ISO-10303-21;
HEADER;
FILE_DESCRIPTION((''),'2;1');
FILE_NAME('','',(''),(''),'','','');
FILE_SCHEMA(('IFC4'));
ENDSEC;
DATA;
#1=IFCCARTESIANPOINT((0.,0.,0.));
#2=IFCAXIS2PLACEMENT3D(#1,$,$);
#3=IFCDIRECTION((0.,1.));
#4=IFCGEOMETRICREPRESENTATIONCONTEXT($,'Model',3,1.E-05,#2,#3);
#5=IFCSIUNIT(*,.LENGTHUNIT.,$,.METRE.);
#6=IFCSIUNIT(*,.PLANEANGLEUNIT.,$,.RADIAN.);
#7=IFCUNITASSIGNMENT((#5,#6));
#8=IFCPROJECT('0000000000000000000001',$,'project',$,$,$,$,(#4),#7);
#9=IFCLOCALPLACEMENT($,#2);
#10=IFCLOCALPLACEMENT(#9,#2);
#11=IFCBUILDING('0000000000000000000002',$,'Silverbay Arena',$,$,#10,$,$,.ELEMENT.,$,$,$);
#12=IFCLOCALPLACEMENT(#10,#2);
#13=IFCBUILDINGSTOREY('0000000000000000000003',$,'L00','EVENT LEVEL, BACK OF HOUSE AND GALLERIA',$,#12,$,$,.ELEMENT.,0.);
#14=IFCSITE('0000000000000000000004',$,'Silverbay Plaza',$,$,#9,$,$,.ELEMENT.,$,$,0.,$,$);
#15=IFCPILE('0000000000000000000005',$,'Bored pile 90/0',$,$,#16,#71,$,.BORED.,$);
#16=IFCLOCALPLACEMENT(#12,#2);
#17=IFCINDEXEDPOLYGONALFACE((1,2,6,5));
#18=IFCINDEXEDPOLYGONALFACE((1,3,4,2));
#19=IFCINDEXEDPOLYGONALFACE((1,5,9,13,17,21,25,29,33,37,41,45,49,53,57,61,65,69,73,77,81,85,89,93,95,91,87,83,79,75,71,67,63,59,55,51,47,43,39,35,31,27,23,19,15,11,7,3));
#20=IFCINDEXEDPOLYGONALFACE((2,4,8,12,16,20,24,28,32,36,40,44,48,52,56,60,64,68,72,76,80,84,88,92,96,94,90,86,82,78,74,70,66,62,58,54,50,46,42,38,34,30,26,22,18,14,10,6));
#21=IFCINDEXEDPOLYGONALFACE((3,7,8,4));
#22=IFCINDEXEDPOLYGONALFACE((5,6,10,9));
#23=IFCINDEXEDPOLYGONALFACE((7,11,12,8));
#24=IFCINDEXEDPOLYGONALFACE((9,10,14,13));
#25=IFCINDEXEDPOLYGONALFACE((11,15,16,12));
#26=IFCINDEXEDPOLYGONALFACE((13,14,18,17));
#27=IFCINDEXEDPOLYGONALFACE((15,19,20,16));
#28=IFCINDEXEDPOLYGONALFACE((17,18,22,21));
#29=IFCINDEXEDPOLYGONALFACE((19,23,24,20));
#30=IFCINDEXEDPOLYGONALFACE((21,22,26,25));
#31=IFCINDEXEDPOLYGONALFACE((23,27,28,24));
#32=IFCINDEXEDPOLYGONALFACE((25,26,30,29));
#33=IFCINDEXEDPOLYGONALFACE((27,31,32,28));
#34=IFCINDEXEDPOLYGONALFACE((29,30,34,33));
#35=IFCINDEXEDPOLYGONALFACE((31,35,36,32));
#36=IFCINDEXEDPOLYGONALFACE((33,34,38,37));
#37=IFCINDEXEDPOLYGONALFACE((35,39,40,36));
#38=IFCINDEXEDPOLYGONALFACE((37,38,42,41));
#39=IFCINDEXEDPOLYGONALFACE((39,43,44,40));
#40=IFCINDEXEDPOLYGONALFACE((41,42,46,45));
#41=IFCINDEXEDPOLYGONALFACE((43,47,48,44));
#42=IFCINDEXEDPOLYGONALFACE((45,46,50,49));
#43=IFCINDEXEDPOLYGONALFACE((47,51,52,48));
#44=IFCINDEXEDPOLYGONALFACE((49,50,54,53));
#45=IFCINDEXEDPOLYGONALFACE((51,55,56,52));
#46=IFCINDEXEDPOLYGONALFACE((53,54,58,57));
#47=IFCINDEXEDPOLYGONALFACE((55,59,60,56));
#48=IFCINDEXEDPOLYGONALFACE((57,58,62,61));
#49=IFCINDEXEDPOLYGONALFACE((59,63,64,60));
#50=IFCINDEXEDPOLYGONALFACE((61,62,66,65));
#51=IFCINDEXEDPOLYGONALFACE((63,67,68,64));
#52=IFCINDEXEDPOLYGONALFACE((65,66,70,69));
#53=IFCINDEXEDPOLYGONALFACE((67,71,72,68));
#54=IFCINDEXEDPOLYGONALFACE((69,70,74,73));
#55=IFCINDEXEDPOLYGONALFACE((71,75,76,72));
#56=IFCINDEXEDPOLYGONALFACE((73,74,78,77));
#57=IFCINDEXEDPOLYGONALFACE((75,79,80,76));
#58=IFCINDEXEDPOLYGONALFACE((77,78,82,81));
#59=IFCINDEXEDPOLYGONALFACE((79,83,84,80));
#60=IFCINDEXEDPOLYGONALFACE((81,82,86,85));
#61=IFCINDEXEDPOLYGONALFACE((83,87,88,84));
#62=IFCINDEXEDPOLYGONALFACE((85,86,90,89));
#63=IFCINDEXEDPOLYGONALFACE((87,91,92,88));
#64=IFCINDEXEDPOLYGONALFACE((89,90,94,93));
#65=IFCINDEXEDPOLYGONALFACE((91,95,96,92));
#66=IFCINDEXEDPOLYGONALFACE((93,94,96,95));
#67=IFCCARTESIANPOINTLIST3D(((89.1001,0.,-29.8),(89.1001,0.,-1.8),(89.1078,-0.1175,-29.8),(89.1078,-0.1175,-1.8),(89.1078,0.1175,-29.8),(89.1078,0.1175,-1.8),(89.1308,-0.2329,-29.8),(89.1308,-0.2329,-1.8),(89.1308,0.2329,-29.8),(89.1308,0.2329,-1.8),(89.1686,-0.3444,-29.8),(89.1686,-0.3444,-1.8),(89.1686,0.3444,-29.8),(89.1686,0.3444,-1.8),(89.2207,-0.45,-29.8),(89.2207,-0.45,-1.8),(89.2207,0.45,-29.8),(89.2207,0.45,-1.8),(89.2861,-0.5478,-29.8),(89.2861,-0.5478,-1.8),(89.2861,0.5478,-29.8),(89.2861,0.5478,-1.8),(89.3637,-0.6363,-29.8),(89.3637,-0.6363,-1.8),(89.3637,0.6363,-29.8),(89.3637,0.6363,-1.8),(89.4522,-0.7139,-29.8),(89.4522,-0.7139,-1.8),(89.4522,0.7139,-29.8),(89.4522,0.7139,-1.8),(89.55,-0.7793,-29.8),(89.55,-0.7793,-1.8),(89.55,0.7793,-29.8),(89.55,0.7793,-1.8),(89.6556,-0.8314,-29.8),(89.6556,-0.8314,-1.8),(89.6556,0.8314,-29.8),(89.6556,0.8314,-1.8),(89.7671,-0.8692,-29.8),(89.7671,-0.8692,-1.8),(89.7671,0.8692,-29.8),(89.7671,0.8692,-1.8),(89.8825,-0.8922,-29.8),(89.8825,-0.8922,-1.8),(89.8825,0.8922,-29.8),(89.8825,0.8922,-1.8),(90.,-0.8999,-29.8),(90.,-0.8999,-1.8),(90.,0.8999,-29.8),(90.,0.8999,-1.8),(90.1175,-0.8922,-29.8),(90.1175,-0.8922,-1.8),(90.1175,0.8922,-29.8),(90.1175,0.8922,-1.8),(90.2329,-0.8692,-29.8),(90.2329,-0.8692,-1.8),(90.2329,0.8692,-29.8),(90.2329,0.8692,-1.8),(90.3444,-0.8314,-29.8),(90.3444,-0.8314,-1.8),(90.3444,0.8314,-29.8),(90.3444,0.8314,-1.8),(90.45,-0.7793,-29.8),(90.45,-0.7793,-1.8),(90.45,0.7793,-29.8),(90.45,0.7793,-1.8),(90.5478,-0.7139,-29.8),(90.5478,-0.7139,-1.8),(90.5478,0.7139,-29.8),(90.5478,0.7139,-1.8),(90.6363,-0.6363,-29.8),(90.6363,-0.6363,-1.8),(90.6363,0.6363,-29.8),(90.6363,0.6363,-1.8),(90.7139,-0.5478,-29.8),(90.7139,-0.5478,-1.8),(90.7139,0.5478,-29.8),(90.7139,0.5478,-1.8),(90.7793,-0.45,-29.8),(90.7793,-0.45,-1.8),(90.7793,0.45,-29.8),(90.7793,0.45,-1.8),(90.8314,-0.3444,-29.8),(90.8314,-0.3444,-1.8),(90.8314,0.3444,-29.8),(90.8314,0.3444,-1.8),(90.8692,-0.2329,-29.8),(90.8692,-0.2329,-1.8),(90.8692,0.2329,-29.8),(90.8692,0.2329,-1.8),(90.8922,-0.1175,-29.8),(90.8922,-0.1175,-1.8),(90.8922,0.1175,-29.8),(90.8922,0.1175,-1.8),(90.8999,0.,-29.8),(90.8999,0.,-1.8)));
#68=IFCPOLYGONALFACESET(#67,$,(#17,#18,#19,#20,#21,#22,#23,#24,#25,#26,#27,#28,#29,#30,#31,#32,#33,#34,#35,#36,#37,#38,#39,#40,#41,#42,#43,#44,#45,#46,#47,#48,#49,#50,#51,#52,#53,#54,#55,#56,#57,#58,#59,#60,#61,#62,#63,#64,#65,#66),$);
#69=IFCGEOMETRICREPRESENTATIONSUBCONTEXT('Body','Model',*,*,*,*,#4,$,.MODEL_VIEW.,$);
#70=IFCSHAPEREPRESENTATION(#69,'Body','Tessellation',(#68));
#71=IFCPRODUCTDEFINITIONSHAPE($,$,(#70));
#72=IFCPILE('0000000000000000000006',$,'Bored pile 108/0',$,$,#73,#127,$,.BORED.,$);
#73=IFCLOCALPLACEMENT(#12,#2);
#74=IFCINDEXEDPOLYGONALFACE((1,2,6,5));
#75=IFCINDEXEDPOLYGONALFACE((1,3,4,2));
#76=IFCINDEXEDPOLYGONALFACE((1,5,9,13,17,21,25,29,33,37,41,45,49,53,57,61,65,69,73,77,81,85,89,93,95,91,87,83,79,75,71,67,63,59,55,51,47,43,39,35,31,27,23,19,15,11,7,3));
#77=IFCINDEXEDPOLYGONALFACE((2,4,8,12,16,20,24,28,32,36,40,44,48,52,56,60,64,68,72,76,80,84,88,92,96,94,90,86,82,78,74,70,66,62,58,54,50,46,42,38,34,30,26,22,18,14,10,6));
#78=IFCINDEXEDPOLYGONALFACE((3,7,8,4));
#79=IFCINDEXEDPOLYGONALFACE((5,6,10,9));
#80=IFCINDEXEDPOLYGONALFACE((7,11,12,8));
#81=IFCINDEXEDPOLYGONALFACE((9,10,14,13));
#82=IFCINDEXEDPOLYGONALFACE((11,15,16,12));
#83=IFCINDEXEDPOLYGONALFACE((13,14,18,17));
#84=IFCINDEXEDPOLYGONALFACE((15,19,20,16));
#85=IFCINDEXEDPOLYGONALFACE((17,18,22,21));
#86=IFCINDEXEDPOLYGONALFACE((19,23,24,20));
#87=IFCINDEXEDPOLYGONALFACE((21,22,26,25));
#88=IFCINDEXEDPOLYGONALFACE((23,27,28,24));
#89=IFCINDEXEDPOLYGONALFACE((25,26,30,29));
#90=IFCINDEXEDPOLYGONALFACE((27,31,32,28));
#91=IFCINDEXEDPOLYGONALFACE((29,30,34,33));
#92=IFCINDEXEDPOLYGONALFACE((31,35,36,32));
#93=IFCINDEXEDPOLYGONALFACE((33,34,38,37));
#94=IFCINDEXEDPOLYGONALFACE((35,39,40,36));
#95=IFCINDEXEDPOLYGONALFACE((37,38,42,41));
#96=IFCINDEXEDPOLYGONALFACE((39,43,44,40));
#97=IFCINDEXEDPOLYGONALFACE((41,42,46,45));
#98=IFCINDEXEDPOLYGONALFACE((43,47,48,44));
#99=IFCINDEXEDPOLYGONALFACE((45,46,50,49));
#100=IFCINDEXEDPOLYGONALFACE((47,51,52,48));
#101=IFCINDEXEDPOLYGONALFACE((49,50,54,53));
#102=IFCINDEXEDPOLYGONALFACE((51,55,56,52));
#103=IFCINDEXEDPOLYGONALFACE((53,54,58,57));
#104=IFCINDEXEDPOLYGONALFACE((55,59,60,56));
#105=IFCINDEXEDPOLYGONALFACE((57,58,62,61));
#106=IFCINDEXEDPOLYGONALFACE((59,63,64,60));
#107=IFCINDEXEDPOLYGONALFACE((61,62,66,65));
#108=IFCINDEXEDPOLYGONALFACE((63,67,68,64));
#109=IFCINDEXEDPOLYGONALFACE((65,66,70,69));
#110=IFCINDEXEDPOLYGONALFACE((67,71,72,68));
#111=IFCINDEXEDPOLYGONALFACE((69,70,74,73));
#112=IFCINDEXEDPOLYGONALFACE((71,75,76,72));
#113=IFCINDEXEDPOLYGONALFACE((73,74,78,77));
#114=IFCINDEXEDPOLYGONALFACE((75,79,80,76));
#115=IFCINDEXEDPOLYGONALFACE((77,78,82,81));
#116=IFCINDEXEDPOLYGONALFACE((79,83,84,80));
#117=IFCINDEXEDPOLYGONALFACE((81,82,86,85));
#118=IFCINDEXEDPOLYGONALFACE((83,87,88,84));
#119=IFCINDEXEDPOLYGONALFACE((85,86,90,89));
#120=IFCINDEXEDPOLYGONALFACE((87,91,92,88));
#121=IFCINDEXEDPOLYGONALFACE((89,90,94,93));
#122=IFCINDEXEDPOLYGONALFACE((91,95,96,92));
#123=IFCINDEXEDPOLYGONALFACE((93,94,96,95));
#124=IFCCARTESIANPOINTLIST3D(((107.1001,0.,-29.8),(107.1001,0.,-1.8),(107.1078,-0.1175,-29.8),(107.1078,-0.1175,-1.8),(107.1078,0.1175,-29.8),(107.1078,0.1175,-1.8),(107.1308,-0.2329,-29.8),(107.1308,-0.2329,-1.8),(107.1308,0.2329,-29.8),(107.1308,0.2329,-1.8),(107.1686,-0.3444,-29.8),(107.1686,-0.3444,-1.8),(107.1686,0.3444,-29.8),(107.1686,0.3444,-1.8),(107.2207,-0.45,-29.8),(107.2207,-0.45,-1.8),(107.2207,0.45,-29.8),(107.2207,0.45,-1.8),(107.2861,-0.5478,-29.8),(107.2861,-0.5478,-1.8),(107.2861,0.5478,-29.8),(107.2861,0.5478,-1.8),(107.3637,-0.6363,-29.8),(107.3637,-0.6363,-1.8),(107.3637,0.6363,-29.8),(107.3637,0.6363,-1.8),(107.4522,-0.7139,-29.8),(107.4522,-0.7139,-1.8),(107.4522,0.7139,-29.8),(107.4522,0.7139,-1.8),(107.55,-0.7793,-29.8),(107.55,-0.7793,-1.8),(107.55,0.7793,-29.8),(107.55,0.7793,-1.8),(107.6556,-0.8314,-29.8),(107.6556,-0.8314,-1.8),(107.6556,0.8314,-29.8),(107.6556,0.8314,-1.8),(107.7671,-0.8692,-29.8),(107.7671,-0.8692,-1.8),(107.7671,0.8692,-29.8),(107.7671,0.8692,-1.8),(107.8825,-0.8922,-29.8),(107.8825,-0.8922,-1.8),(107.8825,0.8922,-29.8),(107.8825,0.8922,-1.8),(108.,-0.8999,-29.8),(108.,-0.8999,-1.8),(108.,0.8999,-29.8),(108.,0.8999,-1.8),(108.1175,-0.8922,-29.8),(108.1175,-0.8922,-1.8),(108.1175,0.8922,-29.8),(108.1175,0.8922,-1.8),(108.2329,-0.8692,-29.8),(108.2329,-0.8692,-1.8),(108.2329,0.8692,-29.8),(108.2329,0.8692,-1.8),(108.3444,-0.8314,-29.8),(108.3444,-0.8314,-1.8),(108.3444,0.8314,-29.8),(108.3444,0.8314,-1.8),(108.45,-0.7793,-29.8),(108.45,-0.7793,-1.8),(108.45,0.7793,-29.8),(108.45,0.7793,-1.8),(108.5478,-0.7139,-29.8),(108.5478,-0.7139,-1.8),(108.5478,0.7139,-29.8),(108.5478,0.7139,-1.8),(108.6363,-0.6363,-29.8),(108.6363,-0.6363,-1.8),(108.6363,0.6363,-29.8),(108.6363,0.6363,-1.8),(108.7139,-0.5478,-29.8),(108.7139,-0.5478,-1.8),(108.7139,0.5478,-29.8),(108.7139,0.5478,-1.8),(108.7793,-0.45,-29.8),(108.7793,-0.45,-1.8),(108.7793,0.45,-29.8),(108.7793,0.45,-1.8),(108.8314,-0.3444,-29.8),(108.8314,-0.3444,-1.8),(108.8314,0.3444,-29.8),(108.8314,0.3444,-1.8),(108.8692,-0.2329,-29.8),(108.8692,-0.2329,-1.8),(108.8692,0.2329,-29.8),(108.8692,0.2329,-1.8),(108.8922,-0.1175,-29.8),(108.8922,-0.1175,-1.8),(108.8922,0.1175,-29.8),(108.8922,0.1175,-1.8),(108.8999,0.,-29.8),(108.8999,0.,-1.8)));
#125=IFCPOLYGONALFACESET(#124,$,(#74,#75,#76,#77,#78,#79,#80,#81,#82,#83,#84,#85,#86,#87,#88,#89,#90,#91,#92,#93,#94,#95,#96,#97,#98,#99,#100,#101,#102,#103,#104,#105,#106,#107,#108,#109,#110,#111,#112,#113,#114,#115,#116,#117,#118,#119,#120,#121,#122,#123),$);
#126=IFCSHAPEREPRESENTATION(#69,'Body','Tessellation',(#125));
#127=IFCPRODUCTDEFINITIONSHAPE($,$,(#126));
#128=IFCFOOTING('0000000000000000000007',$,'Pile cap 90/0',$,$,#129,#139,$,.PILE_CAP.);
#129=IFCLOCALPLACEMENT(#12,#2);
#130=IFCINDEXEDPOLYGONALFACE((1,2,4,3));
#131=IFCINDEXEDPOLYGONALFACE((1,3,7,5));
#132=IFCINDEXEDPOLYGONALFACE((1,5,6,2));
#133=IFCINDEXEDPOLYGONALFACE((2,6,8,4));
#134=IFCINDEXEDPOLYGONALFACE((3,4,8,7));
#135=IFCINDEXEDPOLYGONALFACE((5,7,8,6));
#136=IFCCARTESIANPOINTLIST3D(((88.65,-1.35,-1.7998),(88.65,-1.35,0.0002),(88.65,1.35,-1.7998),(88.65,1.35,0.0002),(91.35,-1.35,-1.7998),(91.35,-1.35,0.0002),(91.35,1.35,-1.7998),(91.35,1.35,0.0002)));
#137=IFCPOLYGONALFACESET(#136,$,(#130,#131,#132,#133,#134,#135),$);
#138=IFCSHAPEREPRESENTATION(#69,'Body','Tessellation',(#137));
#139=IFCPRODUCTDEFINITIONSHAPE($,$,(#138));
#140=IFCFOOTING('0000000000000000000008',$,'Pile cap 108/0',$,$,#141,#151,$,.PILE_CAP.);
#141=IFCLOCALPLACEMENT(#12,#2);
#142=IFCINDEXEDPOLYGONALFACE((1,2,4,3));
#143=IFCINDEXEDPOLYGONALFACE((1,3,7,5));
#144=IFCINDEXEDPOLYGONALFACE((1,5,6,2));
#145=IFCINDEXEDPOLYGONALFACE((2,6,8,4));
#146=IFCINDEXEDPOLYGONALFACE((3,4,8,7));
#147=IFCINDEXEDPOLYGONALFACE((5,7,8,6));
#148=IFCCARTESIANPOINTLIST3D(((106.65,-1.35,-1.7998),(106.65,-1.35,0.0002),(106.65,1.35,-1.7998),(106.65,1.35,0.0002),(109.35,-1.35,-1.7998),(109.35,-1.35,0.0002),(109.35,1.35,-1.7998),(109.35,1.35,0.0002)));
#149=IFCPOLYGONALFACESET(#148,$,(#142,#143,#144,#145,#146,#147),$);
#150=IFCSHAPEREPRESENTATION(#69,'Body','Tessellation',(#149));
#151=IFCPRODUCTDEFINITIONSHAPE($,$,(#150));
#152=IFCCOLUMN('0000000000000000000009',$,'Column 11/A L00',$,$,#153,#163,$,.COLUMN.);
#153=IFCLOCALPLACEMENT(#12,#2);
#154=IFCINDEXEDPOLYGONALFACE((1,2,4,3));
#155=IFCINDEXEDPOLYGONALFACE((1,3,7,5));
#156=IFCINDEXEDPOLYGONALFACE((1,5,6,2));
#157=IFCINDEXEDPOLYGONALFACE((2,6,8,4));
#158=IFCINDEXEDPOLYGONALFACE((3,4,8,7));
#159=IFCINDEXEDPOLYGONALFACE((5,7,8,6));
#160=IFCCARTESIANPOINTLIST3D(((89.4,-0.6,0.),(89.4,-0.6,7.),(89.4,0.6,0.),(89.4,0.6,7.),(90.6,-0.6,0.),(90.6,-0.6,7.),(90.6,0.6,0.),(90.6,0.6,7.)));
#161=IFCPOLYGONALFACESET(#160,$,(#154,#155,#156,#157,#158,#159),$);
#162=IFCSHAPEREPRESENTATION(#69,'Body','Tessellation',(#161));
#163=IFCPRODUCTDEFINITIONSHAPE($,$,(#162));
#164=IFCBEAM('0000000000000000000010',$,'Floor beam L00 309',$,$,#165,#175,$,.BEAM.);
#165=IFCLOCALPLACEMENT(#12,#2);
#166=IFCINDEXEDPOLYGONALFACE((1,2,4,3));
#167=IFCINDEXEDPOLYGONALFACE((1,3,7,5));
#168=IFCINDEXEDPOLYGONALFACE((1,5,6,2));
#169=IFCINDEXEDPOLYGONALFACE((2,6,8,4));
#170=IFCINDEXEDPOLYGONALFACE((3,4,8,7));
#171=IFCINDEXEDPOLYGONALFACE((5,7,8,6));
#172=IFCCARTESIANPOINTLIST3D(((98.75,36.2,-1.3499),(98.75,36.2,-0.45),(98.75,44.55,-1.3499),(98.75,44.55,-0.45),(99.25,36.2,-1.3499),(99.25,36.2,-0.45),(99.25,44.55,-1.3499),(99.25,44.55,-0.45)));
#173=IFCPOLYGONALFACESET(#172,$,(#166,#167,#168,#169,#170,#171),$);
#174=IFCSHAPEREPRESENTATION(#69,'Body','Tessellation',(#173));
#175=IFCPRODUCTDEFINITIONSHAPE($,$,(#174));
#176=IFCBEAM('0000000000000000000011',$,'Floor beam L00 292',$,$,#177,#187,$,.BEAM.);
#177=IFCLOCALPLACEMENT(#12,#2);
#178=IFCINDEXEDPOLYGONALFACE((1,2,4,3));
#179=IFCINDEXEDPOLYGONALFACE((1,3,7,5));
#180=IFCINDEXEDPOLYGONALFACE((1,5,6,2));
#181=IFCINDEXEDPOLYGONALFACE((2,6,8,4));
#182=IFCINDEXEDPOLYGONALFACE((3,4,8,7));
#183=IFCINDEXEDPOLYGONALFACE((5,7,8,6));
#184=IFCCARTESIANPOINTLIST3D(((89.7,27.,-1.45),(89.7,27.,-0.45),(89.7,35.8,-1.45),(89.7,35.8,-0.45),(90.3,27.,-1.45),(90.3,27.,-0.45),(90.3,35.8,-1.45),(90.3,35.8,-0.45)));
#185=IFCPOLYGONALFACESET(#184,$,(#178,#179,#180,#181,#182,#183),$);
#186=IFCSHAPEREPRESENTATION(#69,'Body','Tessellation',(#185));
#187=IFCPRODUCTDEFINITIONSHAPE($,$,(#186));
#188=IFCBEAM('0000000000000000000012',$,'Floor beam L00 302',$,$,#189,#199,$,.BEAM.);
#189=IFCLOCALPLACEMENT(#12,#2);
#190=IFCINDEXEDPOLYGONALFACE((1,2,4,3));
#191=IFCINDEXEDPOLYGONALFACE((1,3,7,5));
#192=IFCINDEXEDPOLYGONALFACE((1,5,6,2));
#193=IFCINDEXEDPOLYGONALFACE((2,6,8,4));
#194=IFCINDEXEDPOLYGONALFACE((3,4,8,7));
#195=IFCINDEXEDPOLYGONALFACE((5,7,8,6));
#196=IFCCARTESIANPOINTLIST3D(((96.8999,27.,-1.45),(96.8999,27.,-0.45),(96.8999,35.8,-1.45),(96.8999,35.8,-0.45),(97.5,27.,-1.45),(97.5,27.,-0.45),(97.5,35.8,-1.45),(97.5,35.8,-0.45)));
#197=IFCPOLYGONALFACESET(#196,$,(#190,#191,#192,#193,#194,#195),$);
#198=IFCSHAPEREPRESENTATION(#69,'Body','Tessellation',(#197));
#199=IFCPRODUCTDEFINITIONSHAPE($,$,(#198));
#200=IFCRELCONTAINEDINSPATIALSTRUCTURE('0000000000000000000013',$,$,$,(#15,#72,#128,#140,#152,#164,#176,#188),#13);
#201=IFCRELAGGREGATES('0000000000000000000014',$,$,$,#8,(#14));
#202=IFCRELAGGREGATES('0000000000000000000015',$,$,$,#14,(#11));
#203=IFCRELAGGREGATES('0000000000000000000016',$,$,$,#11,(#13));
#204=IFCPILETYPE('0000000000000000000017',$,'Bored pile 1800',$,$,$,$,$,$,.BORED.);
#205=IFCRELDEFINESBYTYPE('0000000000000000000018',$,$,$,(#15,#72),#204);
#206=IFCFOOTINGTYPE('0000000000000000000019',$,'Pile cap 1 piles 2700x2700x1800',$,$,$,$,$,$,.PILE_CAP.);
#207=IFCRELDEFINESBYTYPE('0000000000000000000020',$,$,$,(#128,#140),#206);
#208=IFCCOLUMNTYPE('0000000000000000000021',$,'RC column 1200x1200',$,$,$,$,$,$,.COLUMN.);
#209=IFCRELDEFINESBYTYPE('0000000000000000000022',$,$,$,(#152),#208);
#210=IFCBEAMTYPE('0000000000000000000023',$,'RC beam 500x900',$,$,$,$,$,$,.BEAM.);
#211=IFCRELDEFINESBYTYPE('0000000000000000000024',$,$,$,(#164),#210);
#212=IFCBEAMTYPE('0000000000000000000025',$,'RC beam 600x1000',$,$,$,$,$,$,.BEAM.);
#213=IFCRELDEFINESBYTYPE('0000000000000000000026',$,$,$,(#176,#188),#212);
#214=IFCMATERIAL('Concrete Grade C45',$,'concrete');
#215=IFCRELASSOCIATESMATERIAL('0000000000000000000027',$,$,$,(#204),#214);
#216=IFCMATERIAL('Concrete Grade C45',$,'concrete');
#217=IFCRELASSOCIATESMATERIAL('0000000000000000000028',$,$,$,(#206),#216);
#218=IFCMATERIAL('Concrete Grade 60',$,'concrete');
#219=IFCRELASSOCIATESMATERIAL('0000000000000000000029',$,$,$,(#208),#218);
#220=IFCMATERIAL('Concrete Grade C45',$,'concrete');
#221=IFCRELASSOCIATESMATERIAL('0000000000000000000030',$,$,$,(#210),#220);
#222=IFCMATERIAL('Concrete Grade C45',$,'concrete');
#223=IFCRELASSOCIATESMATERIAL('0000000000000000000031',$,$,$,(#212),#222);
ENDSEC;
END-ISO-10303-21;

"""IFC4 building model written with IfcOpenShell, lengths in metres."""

from ifc_helpers import new_model, si_unit, direction, frame, origin, origin_2d, place, context, subcontext, project, spatial, rectangle, circle, extrude, material, material_profile, profile_set, type_object, element, save


model = new_model("IFC4")

# Units and contexts
model_context = context("Model", 3, precision=1e-05, world=origin(), true_north=direction((0.0, 1.0)))
body_context = subcontext(model_context, "Body", "Model", "MODEL_VIEW")
ifc_project = project(units=[si_unit("LENGTHUNIT", "METRE"), si_unit("PLANEANGLEUNIT", "RADIAN")], contexts=[model_context])

# Site, building, storey
site_placement = place(None, origin())
site = spatial("IfcSite", under=ifc_project, at=site_placement, Name="Silverbay Plaza", CompositionType="ELEMENT", RefElevation=0.0)
building_placement = place(site_placement, origin())
building = spatial("IfcBuilding", under=site, at=building_placement, Name="Silverbay Arena", CompositionType="ELEMENT")
storey_placement = place(building_placement, origin())
storey = spatial("IfcBuildingStorey", under=building, at=storey_placement, Name="L00", Description="EVENT LEVEL, BACK OF HOUSE AND GALLERIA", CompositionType="ELEMENT", Elevation=0.0)

# Piles
ifc_material_1 = material(Name="Concrete Grade C45", Category="concrete")
ifc_material_profile_1 = material_profile(ifc_material_1, circle(Radius=0.8999, at=origin_2d()), Name="Bored pile 1800")
ifc_profile_set_1 = profile_set([ifc_material_profile_1], Name="Concrete Grade C45")
pile_type = type_object("IfcPileType", Name="Bored pile 1800", PredefinedType="BORED", material=ifc_profile_set_1)
for number, where, z_axis, x_axis, name in (
    (1, (90.0, 0.0, -1.8), (0.0, 0.0, -1.0), (1.0, 0.0, 0.0), "Bored pile 90/0"),
    (2, (108.0, 0.0, -1.8), (0.0, 0.0, -1.0), (1.0, 0.0, 0.0), "Bored pile 108/0"),
):
    element("IfcPile", number, at=place(storey_placement, frame(where, z_axis=z_axis, x_axis=x_axis)), inside=storey, type_object=pile_type, Name=name, PredefinedType="BORED", context=body_context, shape_type="SweptSolid", body=[
        extrude(circle(Radius=0.8999, at=origin_2d()), origin(), (0.0, 0.0, 1.0), 28.0),
    ])

# Footings
ifc_material_2 = material(Name="Concrete Grade C45", Category="concrete")
footing_type = type_object("IfcFootingType", Name="Pile cap 1 piles 2700x2700x1800", PredefinedType="PILE_CAP", material=ifc_material_2)
for number, where, z_axis, x_axis, name in (
    (3, (90.0, 0.0, -1.7998), (0.0, 0.0, 1.0), (1.0, 0.0, 0.0), "Pile cap 90/0"),
    (4, (108.0, 0.0, -1.7998), (0.0, 0.0, 1.0), (1.0, 0.0, 0.0), "Pile cap 108/0"),
):
    element("IfcFooting", number, at=place(storey_placement, frame(where, z_axis=z_axis, x_axis=x_axis)), inside=storey, type_object=footing_type, Name=name, PredefinedType="PILE_CAP", context=body_context, shape_type="SweptSolid", body=[
        extrude(rectangle(XDim=2.7, YDim=2.7, at=origin_2d()), origin(), (0.0, 0.0, 1.0), 1.8),
    ])

# Column
ifc_material_3 = material(Name="Concrete Grade 60", Category="concrete")
ifc_material_profile_2 = material_profile(ifc_material_3, rectangle(XDim=1.2, YDim=1.2, at=origin_2d()), Name="RC 1200x1200")
ifc_profile_set_2 = profile_set([ifc_material_profile_2], Name="Concrete Grade 60")
column_type = type_object("IfcColumnType", Name="RC column 1200x1200", PredefinedType="COLUMN", material=ifc_profile_set_2)
column_placement = place(storey_placement, frame((90.0, 0.0, 0.0), z_axis=(0.0, 0.0, 1.0), x_axis=(1.0, 0.0, 0.0)))
element("IfcColumn", 5, at=column_placement, inside=storey, type_object=column_type, Name="Column 11/A L00", PredefinedType="COLUMN", context=body_context, shape_type="SweptSolid", body=[
    extrude(rectangle(XDim=1.2, YDim=1.2, at=origin_2d()), origin(), (0.0, 0.0, 1.0), 7.0),
])

# Beams
ifc_material_4 = material(Name="Concrete Grade C45", Category="concrete")
ifc_material_profile_3 = material_profile(ifc_material_4, rectangle(XDim=0.5, YDim=0.8999, at=origin_2d()), Name="RC 500x900")
ifc_profile_set_3 = profile_set([ifc_material_profile_3], Name="Concrete Grade C45")
beam_type_1 = type_object("IfcBeamType", Name="RC beam 500x900", PredefinedType="BEAM", material=ifc_profile_set_3)
beam_1_placement = place(storey_placement, frame((99.0, 36.2, -0.8999), z_axis=(0.0, 1.0, 0.0), x_axis=(-1.0, 0.0, 0.0)))
element("IfcBeam", 6, at=beam_1_placement, inside=storey, type_object=beam_type_1, Name="Floor beam L00 309", PredefinedType="BEAM", context=body_context, shape_type="SweptSolid", body=[
    extrude(rectangle(XDim=0.5, YDim=0.8999, at=origin_2d()), origin(), (0.0, 0.0, 1.0), 8.3501),
])
ifc_material_5 = material(Name="Concrete Grade C45", Category="concrete")
ifc_material_profile_4 = material_profile(ifc_material_5, rectangle(XDim=0.6001, YDim=1.0, at=origin_2d()), Name="RC 600x1000")
ifc_profile_set_4 = profile_set([ifc_material_profile_4], Name="Concrete Grade C45")
beam_type_2 = type_object("IfcBeamType", Name="RC beam 600x1000", PredefinedType="BEAM", material=ifc_profile_set_4)
for number, where, z_axis, x_axis, name in (
    (7, (90.0, 27.0, -0.95), (0.0, 1.0, 0.0), (-1.0, 0.0, 0.0), "Floor beam L00 292"),
    (8, (97.2, 27.0, -0.95), (0.0, 1.0, 0.0), (-1.0, 0.0, 0.0), "Floor beam L00 302"),
):
    element("IfcBeam", number, at=place(storey_placement, frame(where, z_axis=z_axis, x_axis=x_axis)), inside=storey, type_object=beam_type_2, Name=name, PredefinedType="BEAM", context=body_context, shape_type="SweptSolid", body=[
        extrude(rectangle(XDim=0.6001, YDim=1.0, at=origin_2d()), origin(), (0.0, 0.0, 1.0), 8.8),
    ])

save(model, "model.ifc")
